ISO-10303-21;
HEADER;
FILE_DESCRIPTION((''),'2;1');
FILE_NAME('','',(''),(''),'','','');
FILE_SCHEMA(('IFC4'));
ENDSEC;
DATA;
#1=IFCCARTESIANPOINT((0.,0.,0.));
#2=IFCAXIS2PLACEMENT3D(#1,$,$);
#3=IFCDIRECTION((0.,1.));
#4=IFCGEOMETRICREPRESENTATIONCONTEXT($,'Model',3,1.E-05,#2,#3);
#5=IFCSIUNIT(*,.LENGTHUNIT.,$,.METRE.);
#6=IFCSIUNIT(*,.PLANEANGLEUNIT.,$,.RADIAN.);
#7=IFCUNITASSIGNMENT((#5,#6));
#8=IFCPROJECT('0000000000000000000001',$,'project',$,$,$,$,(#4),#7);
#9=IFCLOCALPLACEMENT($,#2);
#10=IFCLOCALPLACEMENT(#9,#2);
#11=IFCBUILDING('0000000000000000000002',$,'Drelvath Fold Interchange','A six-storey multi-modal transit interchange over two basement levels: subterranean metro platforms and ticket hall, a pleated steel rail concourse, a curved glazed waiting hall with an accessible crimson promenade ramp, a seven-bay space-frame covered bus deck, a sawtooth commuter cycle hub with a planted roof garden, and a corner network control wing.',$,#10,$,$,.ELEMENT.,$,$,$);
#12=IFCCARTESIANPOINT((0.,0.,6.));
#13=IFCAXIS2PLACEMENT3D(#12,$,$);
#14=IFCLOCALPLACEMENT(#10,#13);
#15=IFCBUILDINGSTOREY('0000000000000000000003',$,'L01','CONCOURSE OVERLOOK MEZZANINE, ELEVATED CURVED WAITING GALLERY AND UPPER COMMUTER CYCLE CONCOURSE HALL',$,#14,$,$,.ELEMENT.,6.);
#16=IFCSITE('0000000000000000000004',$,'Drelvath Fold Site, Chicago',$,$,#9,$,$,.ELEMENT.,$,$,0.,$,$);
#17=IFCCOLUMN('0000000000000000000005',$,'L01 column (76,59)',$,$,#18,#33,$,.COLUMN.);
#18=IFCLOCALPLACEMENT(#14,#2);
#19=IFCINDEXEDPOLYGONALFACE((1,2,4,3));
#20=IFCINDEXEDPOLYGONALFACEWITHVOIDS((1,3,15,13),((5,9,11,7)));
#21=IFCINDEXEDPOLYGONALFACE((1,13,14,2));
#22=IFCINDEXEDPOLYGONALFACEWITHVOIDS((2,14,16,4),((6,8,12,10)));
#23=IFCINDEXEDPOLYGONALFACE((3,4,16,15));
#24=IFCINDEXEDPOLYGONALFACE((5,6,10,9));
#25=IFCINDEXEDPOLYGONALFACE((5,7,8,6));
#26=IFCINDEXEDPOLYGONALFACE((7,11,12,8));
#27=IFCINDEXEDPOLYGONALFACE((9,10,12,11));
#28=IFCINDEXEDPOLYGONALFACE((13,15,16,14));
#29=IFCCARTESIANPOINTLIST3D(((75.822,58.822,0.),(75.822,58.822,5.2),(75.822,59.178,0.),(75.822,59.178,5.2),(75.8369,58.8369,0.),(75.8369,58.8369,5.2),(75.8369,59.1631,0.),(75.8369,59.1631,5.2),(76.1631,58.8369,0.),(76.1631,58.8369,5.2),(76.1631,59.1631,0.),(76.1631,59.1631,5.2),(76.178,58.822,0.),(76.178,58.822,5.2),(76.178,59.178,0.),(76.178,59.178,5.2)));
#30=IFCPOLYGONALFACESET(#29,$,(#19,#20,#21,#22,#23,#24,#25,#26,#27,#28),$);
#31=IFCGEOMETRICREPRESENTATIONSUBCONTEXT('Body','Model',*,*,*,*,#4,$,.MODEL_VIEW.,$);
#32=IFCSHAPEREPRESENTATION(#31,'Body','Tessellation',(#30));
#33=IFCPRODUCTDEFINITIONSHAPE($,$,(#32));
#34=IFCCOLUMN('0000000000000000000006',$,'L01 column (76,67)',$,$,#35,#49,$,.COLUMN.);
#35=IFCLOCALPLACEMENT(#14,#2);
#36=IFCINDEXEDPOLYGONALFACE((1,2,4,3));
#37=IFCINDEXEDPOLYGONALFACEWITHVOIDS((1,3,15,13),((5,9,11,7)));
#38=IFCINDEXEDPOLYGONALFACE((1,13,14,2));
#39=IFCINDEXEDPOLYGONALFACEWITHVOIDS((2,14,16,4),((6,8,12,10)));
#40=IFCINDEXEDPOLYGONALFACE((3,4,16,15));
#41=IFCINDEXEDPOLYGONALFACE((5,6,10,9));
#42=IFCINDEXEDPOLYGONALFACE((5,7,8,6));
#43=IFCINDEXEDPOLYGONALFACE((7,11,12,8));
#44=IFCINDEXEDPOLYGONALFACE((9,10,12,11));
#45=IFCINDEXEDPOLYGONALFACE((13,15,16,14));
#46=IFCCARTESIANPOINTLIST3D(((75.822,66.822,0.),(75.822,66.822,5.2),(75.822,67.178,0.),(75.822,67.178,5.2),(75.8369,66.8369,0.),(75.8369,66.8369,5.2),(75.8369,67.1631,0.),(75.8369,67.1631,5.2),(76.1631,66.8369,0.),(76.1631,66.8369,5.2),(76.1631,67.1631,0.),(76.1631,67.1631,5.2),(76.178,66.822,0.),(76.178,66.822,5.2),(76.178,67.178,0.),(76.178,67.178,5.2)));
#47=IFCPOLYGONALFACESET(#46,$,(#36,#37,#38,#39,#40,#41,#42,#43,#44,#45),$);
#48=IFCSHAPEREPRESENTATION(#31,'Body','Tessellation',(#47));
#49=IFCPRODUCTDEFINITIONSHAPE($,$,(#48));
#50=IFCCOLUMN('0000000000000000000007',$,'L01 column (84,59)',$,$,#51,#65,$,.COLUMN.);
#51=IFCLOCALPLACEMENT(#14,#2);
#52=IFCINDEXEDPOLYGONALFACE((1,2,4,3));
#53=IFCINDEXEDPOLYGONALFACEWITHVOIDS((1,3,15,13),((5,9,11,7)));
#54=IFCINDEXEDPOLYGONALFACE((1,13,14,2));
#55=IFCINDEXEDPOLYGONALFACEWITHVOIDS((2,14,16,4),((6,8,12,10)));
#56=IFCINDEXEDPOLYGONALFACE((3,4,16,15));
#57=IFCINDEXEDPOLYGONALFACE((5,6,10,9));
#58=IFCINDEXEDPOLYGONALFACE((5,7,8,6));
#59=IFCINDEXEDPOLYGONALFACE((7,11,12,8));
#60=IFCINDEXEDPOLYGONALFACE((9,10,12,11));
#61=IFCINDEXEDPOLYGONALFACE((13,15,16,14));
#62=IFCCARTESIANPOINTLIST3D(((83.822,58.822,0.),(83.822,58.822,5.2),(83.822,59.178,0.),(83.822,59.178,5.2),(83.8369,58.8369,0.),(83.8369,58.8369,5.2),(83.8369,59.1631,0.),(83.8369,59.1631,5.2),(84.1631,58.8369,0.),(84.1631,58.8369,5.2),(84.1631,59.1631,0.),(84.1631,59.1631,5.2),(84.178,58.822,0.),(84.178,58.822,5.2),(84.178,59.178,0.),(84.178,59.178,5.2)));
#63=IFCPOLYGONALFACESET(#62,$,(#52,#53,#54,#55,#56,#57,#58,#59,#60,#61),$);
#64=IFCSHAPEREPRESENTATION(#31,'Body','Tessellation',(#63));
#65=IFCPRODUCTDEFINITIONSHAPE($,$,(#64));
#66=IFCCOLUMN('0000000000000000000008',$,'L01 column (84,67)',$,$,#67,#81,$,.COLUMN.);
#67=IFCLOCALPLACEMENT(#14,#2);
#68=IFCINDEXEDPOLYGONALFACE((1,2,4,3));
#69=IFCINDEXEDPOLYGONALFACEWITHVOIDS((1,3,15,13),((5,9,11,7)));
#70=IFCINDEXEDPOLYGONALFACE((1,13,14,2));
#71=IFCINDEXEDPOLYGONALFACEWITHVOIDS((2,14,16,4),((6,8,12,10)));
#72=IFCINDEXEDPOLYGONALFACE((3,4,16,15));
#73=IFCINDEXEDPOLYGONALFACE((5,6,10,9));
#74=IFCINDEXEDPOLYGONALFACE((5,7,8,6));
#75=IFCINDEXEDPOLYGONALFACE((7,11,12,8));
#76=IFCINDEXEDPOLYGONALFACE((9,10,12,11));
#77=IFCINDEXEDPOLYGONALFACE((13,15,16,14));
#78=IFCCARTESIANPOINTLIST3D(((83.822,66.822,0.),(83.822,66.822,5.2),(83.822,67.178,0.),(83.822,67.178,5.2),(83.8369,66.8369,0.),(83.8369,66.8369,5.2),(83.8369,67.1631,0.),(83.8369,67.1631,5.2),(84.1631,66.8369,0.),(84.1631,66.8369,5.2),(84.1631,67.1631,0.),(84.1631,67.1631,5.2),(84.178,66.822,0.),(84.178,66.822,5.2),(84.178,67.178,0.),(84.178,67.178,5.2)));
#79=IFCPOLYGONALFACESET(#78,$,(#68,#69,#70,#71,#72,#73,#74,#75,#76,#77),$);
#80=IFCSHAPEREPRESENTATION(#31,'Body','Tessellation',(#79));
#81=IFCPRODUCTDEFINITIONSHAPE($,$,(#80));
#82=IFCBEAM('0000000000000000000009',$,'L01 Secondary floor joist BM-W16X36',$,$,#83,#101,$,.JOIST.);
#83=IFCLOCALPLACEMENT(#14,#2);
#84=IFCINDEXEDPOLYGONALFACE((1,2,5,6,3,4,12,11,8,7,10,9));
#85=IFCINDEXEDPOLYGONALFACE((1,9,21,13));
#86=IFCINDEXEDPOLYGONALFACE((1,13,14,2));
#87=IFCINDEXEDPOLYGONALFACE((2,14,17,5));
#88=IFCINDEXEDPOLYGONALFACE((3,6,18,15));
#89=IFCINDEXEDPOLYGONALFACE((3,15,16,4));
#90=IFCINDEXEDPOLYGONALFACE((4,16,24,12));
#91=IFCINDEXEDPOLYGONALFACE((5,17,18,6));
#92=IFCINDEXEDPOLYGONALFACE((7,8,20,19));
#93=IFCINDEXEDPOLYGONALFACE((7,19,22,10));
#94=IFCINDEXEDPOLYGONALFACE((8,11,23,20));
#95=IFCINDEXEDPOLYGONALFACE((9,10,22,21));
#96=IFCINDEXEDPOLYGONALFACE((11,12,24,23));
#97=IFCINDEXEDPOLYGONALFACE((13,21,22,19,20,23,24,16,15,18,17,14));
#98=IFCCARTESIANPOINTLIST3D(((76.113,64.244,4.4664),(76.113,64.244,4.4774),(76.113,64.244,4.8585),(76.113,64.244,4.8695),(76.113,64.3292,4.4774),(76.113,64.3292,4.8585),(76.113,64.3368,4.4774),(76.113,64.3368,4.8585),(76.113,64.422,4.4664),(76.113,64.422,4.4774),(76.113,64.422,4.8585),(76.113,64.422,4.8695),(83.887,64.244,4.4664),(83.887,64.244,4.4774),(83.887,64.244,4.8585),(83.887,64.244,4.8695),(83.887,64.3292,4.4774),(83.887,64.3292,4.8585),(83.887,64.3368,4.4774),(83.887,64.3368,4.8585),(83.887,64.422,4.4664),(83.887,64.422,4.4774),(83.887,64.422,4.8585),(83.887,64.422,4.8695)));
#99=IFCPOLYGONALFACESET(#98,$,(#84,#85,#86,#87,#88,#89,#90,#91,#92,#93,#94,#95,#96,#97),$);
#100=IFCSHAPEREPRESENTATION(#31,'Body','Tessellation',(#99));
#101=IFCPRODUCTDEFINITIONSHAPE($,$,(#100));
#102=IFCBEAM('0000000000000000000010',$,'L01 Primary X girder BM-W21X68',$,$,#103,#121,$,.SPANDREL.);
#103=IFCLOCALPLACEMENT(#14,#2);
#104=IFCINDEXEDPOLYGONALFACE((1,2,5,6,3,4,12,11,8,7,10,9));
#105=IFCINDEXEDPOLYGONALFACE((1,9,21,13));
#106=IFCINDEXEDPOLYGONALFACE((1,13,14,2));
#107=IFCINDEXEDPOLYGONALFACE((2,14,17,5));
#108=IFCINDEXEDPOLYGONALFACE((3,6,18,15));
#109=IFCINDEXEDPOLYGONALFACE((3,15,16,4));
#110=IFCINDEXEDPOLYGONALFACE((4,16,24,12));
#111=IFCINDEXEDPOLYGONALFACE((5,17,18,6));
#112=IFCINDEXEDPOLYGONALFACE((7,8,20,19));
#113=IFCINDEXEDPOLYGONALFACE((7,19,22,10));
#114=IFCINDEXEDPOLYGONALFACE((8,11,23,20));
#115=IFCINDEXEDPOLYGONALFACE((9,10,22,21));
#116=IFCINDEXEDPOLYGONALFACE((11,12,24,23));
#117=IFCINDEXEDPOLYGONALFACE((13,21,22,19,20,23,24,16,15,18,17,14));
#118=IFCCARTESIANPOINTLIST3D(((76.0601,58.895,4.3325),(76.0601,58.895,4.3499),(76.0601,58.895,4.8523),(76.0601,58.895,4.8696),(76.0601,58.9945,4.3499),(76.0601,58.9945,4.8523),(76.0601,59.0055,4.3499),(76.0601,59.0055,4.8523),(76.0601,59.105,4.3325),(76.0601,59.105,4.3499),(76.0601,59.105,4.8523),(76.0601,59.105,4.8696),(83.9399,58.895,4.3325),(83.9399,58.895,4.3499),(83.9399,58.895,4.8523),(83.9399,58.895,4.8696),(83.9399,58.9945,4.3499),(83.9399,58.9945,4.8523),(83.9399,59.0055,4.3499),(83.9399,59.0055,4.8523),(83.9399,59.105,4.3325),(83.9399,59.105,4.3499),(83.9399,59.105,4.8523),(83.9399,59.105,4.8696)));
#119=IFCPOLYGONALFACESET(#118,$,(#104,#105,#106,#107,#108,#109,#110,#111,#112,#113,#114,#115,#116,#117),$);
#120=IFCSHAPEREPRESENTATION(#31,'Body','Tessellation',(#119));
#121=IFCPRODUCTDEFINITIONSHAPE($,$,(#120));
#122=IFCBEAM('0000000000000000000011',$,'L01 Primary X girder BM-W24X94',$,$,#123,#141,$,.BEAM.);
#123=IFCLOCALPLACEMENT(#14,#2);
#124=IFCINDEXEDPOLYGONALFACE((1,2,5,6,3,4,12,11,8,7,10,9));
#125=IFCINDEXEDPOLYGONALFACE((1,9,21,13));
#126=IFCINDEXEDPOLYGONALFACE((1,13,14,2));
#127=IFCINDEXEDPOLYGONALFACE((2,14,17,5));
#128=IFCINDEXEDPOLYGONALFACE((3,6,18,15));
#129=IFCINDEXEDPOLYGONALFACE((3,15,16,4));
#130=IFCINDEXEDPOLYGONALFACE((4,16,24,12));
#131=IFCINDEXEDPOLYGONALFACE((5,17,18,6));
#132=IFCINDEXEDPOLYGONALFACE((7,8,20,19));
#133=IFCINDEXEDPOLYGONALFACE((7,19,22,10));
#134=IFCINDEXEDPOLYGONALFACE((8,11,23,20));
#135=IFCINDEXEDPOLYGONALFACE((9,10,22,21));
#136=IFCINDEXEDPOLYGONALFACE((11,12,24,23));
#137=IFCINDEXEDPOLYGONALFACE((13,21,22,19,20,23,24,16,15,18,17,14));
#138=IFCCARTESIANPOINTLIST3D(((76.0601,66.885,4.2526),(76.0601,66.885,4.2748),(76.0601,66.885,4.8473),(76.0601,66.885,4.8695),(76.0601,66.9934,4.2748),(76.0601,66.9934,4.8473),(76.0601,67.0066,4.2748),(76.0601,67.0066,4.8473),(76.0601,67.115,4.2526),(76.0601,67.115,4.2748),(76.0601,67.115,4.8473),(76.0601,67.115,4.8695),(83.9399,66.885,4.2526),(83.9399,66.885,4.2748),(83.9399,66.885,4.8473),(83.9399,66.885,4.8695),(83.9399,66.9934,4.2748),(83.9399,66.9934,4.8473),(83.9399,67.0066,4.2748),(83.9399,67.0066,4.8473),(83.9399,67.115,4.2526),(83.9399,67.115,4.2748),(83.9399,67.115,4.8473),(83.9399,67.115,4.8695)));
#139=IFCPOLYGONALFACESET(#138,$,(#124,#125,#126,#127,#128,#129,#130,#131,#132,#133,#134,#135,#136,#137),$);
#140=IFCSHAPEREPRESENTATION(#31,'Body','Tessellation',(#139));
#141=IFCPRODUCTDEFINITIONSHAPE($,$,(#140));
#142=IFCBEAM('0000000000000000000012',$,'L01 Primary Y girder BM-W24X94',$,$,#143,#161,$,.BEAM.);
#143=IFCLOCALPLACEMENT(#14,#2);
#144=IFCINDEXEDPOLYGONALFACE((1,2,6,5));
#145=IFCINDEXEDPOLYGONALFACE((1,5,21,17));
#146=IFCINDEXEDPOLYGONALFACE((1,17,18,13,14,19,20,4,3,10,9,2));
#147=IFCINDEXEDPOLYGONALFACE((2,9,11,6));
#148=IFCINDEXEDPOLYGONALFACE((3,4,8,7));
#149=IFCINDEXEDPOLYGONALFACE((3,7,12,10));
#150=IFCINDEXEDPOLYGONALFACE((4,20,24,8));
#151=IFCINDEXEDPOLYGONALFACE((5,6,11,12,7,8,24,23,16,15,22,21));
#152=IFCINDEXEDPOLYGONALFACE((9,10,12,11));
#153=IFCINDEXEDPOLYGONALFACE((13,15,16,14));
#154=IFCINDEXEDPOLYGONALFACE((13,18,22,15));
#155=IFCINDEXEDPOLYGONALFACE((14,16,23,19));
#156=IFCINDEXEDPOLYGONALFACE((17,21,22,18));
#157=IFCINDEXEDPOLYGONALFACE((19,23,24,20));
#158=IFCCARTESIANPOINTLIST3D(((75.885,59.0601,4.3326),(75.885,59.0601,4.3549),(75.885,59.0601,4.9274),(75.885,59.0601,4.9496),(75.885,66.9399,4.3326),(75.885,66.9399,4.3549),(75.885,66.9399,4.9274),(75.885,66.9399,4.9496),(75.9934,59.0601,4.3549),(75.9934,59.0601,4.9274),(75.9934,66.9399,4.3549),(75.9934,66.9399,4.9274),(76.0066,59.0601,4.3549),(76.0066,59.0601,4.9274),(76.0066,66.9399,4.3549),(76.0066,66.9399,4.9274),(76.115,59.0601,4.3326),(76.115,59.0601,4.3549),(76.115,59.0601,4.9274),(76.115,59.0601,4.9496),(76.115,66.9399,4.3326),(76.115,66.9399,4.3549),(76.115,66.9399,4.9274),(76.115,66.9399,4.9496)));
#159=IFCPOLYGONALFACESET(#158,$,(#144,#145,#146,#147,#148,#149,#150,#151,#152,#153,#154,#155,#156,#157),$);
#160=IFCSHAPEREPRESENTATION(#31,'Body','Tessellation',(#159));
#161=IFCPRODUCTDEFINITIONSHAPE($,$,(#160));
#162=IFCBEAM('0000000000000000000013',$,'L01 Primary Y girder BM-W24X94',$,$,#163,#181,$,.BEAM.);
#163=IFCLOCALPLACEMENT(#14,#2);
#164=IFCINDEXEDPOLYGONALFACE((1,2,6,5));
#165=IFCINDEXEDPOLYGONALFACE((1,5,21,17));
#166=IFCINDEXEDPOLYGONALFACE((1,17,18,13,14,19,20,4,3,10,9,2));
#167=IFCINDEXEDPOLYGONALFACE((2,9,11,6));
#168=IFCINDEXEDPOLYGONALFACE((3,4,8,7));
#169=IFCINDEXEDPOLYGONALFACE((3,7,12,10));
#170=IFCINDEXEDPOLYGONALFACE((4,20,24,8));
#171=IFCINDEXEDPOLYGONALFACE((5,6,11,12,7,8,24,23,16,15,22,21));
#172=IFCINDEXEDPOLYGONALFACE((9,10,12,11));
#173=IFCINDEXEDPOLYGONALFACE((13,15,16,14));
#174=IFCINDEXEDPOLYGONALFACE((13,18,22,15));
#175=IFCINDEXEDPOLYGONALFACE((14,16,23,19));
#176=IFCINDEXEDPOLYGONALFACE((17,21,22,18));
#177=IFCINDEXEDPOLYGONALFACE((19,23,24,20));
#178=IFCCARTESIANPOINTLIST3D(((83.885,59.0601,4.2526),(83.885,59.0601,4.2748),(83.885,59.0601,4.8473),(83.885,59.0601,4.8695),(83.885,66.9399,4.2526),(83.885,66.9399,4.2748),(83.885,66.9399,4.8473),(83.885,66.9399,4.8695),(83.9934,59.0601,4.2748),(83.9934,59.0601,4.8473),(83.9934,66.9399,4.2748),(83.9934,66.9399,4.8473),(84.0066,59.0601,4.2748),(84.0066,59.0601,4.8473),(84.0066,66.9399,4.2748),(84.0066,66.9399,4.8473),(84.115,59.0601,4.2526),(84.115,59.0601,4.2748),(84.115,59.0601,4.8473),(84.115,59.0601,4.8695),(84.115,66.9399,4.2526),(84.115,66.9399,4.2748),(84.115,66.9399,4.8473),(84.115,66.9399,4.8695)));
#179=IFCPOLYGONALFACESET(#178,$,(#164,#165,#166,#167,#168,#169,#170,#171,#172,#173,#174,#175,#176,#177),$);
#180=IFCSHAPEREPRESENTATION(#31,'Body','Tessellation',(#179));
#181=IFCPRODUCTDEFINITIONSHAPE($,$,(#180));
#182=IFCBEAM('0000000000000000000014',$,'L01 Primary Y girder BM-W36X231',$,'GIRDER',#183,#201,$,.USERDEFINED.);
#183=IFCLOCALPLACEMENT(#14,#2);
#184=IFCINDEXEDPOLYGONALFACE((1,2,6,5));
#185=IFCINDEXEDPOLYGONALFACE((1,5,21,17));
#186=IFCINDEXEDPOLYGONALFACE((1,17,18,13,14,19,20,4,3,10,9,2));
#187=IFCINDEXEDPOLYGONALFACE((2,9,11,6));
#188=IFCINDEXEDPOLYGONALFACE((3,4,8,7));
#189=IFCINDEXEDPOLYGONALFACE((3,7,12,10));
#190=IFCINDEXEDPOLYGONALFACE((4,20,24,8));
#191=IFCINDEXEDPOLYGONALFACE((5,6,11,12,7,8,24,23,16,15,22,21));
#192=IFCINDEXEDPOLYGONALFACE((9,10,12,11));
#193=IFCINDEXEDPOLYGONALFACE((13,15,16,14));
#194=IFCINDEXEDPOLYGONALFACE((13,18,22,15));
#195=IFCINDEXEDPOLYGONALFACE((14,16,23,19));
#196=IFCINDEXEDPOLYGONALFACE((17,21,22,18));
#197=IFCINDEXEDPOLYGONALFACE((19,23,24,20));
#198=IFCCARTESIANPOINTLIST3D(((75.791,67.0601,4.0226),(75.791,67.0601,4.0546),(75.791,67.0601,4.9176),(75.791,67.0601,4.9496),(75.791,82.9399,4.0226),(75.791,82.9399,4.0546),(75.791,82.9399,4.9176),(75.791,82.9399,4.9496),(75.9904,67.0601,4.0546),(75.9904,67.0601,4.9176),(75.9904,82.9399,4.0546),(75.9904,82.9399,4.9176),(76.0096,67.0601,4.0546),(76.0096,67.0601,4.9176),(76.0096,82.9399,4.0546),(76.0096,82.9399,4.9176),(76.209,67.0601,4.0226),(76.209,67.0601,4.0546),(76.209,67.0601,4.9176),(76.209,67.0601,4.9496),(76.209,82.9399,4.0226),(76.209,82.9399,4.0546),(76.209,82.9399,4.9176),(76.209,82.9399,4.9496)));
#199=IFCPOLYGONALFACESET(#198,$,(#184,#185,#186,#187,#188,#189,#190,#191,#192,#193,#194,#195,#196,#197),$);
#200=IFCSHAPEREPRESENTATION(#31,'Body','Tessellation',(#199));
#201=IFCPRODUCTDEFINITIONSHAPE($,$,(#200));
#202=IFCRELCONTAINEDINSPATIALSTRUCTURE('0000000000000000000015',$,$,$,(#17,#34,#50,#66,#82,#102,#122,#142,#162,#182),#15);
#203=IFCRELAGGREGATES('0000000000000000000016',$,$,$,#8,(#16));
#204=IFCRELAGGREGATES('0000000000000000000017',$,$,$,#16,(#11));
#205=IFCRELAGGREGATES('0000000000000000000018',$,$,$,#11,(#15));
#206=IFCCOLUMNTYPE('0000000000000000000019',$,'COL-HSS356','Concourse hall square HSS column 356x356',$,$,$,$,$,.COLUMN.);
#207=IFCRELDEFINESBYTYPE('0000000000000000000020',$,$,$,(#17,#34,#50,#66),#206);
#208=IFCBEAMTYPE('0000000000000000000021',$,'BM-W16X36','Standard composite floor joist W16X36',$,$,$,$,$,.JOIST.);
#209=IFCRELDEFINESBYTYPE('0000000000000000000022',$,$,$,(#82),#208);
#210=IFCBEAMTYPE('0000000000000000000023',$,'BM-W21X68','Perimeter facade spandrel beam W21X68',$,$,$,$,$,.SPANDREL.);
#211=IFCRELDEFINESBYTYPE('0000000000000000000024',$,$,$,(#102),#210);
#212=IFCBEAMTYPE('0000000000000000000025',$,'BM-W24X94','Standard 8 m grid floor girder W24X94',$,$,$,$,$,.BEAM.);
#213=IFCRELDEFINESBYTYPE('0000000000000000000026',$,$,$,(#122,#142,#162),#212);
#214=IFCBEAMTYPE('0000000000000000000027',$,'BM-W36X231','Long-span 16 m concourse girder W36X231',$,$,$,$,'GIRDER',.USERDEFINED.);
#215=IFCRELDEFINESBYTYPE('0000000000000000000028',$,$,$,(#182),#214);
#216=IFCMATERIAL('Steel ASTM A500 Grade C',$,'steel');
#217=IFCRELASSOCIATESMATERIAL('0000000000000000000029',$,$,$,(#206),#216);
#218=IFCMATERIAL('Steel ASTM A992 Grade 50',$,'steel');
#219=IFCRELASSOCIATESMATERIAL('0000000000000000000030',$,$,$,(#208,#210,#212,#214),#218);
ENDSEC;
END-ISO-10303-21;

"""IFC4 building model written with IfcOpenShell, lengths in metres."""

from ifc_helpers import new_model, si_unit, direction, frame, origin, origin_2d, place, context, subcontext, project, spatial, hollow_rectangle, i_section, extrude, material, material_profile, profile_set, type_object, element, save


model = new_model("IFC4")

# Units and contexts
model_context = context("Model", 3, precision=1e-05, world=origin(), true_north=direction((0.0, 1.0)))
body_context = subcontext(model_context, "Body", "Model", "MODEL_VIEW")
ifc_project = project(units=[si_unit("LENGTHUNIT", "METRE"), si_unit("PLANEANGLEUNIT", "RADIAN")], contexts=[model_context])

# Site, building, storey
site_placement = place(None, origin())
site = spatial("IfcSite", under=ifc_project, at=site_placement, Name="Drelvath Fold Site, Chicago", CompositionType="ELEMENT", RefElevation=0.0)
building_placement = place(site_placement, origin())
building = spatial("IfcBuilding", under=site, at=building_placement, Name="Drelvath Fold Interchange", Description="A six-storey multi-modal transit interchange over two basement levels: subterranean metro platforms and ticket hall, a pleated steel rail concourse, a curved glazed waiting hall with an accessible crimson promenade ramp, a seven-bay space-frame covered bus deck, a sawtooth commuter cycle hub with a planted roof garden, and a corner network control wing.", CompositionType="ELEMENT")
storey_placement = place(building_placement, frame((0.0, 0.0, 6.0)))
storey = spatial("IfcBuildingStorey", under=building, at=storey_placement, Name="L01", Description="CONCOURSE OVERLOOK MEZZANINE, ELEVATED CURVED WAITING GALLERY AND UPPER COMMUTER CYCLE CONCOURSE HALL", CompositionType="ELEMENT", Elevation=6.0)

# Columns
ifc_material_1 = material(Name="Steel ASTM A500 Grade C", Category="steel")
ifc_material_profile_1 = material_profile(ifc_material_1, hollow_rectangle(XDim=0.356, YDim=0.356, WallThickness=0.0149, at=origin_2d()), Name="HSS14X14X5/8")
ifc_profile_set_1 = profile_set([ifc_material_profile_1], Name="Steel ASTM A500 Grade C")
column_type = type_object("IfcColumnType", Name="COL-HSS356", Description="Concourse hall square HSS column 356x356", PredefinedType="COLUMN", material=ifc_profile_set_1)
for number, where, z_axis, x_axis, name in (
    (1, (76.0, 59.0, 0.0), (0.0, 0.0, 1.0), (1.0, 0.0, 0.0), "L01 column (76,59)"),
    (2, (76.0, 67.0, 0.0), (0.0, 0.0, 1.0), (1.0, 0.0, 0.0), "L01 column (76,67)"),
    (3, (84.0, 59.0, 0.0), (0.0, 0.0, 1.0), (1.0, 0.0, 0.0), "L01 column (84,59)"),
    (4, (84.0, 67.0, 0.0), (0.0, 0.0, 1.0), (1.0, 0.0, 0.0), "L01 column (84,67)"),
):
    element("IfcColumn", number, at=place(storey_placement, frame(where, z_axis=z_axis, x_axis=x_axis)), inside=storey, type_object=column_type, Name=name, PredefinedType="COLUMN", context=body_context, shape_type="SweptSolid", body=[
        extrude(hollow_rectangle(XDim=0.356, YDim=0.356, WallThickness=0.0149, at=origin_2d()), origin(), (0.0, 0.0, 1.0), 5.2),
    ])

# Beams
ifc_material_2 = material(Name="Steel ASTM A992 Grade 50", Category="steel")
ifc_material_profile_2 = material_profile(ifc_material_2, i_section(OverallWidth=0.178, OverallDepth=0.4031, WebThickness=0.0076, FlangeThickness=0.011, at=origin_2d()), Name="W16X36")
ifc_profile_set_2 = profile_set([ifc_material_profile_2], Name="Steel ASTM A992 Grade 50")
beam_type_1 = type_object("IfcBeamType", Name="BM-W16X36", Description="Standard composite floor joist W16X36", PredefinedType="JOIST", material=ifc_profile_set_2)
beam_1_placement = place(storey_placement, frame((76.113, 64.333, 4.668), z_axis=(1.0, 0.0, 0.0), x_axis=(0.0, 1.0, 0.0)))
element("IfcBeam", 5, at=beam_1_placement, inside=storey, type_object=beam_type_1, Name="L01 Secondary floor joist BM-W16X36", PredefinedType="JOIST", context=body_context, shape_type="SweptSolid", body=[
    extrude(i_section(OverallWidth=0.178, OverallDepth=0.4031, WebThickness=0.0076, FlangeThickness=0.011, at=origin_2d()), origin(), (0.0, 0.0, 1.0), 7.7739),
])
ifc_material_profile_3 = material_profile(ifc_material_2, i_section(OverallWidth=0.21, OverallDepth=0.5371, WebThickness=0.011, FlangeThickness=0.0173, at=origin_2d()), Name="W21X68")
ifc_profile_set_3 = profile_set([ifc_material_profile_3], Name="Steel ASTM A992 Grade 50")
beam_type_2 = type_object("IfcBeamType", Name="BM-W21X68", Description="Perimeter facade spandrel beam W21X68", PredefinedType="SPANDREL", material=ifc_profile_set_3)
beam_2_placement = place(storey_placement, frame((76.0601, 59.0, 4.6011), z_axis=(1.0, 0.0, 0.0), x_axis=(0.0, 1.0, 0.0)))
element("IfcBeam", 6, at=beam_2_placement, inside=storey, type_object=beam_type_2, Name="L01 Primary X girder BM-W21X68", PredefinedType="SPANDREL", context=body_context, shape_type="SweptSolid", body=[
    extrude(i_section(OverallWidth=0.21, OverallDepth=0.5371, WebThickness=0.011, FlangeThickness=0.0173, at=origin_2d()), origin(), (0.0, 0.0, 1.0), 7.8799),
])
ifc_material_profile_4 = material_profile(ifc_material_2, i_section(OverallWidth=0.23, OverallDepth=0.6169, WebThickness=0.0132, FlangeThickness=0.0222, at=origin_2d()), Name="W24X94")
ifc_profile_set_4 = profile_set([ifc_material_profile_4], Name="Steel ASTM A992 Grade 50")
beam_type_3 = type_object("IfcBeamType", Name="BM-W24X94", Description="Standard 8 m grid floor girder W24X94", PredefinedType="BEAM", material=ifc_profile_set_4)
for number, where, z_axis, x_axis, name in (
    (7, (76.0601, 67.0, 4.561), (1.0, 0.0, 0.0), (0.0, 1.0, 0.0), "L01 Primary X girder BM-W24X94"),
    (8, (76.0, 59.0601, 4.6411), (0.0, 1.0, 0.0), (-1.0, 0.0, 0.0), "L01 Primary Y girder BM-W24X94"),
    (9, (84.0, 59.0601, 4.561), (0.0, 1.0, 0.0), (-1.0, 0.0, 0.0), "L01 Primary Y girder BM-W24X94"),
):
    element("IfcBeam", number, at=place(storey_placement, frame(where, z_axis=z_axis, x_axis=x_axis)), inside=storey, type_object=beam_type_3, Name=name, PredefinedType="BEAM", context=body_context, shape_type="SweptSolid", body=[
        extrude(i_section(OverallWidth=0.23, OverallDepth=0.6169, WebThickness=0.0132, FlangeThickness=0.0222, at=origin_2d()), origin(), (0.0, 0.0, 1.0), 7.8799),
    ])
ifc_material_profile_5 = material_profile(ifc_material_2, i_section(OverallWidth=0.418, OverallDepth=0.927, WebThickness=0.0193, FlangeThickness=0.032, at=origin_2d()), Name="W36X231")
ifc_profile_set_5 = profile_set([ifc_material_profile_5], Name="Steel ASTM A992 Grade 50")
beam_type_4 = type_object("IfcBeamType", Name="BM-W36X231", Description="Long-span 16 m concourse girder W36X231", ElementType="GIRDER", PredefinedType="USERDEFINED", material=ifc_profile_set_5)
beam_3_placement = place(storey_placement, frame((76.0, 67.0601, 4.4861), z_axis=(0.0, 1.0, 0.0), x_axis=(-1.0, 0.0, 0.0)))
element("IfcBeam", 10, at=beam_3_placement, inside=storey, type_object=beam_type_4, Name="L01 Primary Y girder BM-W36X231", ObjectType="GIRDER", PredefinedType="USERDEFINED", context=body_context, shape_type="SweptSolid", body=[
    extrude(i_section(OverallWidth=0.418, OverallDepth=0.927, WebThickness=0.0193, FlangeThickness=0.032, at=origin_2d()), origin(), (0.0, 0.0, 1.0), 15.8799),
])

save(model, "model.ifc")
